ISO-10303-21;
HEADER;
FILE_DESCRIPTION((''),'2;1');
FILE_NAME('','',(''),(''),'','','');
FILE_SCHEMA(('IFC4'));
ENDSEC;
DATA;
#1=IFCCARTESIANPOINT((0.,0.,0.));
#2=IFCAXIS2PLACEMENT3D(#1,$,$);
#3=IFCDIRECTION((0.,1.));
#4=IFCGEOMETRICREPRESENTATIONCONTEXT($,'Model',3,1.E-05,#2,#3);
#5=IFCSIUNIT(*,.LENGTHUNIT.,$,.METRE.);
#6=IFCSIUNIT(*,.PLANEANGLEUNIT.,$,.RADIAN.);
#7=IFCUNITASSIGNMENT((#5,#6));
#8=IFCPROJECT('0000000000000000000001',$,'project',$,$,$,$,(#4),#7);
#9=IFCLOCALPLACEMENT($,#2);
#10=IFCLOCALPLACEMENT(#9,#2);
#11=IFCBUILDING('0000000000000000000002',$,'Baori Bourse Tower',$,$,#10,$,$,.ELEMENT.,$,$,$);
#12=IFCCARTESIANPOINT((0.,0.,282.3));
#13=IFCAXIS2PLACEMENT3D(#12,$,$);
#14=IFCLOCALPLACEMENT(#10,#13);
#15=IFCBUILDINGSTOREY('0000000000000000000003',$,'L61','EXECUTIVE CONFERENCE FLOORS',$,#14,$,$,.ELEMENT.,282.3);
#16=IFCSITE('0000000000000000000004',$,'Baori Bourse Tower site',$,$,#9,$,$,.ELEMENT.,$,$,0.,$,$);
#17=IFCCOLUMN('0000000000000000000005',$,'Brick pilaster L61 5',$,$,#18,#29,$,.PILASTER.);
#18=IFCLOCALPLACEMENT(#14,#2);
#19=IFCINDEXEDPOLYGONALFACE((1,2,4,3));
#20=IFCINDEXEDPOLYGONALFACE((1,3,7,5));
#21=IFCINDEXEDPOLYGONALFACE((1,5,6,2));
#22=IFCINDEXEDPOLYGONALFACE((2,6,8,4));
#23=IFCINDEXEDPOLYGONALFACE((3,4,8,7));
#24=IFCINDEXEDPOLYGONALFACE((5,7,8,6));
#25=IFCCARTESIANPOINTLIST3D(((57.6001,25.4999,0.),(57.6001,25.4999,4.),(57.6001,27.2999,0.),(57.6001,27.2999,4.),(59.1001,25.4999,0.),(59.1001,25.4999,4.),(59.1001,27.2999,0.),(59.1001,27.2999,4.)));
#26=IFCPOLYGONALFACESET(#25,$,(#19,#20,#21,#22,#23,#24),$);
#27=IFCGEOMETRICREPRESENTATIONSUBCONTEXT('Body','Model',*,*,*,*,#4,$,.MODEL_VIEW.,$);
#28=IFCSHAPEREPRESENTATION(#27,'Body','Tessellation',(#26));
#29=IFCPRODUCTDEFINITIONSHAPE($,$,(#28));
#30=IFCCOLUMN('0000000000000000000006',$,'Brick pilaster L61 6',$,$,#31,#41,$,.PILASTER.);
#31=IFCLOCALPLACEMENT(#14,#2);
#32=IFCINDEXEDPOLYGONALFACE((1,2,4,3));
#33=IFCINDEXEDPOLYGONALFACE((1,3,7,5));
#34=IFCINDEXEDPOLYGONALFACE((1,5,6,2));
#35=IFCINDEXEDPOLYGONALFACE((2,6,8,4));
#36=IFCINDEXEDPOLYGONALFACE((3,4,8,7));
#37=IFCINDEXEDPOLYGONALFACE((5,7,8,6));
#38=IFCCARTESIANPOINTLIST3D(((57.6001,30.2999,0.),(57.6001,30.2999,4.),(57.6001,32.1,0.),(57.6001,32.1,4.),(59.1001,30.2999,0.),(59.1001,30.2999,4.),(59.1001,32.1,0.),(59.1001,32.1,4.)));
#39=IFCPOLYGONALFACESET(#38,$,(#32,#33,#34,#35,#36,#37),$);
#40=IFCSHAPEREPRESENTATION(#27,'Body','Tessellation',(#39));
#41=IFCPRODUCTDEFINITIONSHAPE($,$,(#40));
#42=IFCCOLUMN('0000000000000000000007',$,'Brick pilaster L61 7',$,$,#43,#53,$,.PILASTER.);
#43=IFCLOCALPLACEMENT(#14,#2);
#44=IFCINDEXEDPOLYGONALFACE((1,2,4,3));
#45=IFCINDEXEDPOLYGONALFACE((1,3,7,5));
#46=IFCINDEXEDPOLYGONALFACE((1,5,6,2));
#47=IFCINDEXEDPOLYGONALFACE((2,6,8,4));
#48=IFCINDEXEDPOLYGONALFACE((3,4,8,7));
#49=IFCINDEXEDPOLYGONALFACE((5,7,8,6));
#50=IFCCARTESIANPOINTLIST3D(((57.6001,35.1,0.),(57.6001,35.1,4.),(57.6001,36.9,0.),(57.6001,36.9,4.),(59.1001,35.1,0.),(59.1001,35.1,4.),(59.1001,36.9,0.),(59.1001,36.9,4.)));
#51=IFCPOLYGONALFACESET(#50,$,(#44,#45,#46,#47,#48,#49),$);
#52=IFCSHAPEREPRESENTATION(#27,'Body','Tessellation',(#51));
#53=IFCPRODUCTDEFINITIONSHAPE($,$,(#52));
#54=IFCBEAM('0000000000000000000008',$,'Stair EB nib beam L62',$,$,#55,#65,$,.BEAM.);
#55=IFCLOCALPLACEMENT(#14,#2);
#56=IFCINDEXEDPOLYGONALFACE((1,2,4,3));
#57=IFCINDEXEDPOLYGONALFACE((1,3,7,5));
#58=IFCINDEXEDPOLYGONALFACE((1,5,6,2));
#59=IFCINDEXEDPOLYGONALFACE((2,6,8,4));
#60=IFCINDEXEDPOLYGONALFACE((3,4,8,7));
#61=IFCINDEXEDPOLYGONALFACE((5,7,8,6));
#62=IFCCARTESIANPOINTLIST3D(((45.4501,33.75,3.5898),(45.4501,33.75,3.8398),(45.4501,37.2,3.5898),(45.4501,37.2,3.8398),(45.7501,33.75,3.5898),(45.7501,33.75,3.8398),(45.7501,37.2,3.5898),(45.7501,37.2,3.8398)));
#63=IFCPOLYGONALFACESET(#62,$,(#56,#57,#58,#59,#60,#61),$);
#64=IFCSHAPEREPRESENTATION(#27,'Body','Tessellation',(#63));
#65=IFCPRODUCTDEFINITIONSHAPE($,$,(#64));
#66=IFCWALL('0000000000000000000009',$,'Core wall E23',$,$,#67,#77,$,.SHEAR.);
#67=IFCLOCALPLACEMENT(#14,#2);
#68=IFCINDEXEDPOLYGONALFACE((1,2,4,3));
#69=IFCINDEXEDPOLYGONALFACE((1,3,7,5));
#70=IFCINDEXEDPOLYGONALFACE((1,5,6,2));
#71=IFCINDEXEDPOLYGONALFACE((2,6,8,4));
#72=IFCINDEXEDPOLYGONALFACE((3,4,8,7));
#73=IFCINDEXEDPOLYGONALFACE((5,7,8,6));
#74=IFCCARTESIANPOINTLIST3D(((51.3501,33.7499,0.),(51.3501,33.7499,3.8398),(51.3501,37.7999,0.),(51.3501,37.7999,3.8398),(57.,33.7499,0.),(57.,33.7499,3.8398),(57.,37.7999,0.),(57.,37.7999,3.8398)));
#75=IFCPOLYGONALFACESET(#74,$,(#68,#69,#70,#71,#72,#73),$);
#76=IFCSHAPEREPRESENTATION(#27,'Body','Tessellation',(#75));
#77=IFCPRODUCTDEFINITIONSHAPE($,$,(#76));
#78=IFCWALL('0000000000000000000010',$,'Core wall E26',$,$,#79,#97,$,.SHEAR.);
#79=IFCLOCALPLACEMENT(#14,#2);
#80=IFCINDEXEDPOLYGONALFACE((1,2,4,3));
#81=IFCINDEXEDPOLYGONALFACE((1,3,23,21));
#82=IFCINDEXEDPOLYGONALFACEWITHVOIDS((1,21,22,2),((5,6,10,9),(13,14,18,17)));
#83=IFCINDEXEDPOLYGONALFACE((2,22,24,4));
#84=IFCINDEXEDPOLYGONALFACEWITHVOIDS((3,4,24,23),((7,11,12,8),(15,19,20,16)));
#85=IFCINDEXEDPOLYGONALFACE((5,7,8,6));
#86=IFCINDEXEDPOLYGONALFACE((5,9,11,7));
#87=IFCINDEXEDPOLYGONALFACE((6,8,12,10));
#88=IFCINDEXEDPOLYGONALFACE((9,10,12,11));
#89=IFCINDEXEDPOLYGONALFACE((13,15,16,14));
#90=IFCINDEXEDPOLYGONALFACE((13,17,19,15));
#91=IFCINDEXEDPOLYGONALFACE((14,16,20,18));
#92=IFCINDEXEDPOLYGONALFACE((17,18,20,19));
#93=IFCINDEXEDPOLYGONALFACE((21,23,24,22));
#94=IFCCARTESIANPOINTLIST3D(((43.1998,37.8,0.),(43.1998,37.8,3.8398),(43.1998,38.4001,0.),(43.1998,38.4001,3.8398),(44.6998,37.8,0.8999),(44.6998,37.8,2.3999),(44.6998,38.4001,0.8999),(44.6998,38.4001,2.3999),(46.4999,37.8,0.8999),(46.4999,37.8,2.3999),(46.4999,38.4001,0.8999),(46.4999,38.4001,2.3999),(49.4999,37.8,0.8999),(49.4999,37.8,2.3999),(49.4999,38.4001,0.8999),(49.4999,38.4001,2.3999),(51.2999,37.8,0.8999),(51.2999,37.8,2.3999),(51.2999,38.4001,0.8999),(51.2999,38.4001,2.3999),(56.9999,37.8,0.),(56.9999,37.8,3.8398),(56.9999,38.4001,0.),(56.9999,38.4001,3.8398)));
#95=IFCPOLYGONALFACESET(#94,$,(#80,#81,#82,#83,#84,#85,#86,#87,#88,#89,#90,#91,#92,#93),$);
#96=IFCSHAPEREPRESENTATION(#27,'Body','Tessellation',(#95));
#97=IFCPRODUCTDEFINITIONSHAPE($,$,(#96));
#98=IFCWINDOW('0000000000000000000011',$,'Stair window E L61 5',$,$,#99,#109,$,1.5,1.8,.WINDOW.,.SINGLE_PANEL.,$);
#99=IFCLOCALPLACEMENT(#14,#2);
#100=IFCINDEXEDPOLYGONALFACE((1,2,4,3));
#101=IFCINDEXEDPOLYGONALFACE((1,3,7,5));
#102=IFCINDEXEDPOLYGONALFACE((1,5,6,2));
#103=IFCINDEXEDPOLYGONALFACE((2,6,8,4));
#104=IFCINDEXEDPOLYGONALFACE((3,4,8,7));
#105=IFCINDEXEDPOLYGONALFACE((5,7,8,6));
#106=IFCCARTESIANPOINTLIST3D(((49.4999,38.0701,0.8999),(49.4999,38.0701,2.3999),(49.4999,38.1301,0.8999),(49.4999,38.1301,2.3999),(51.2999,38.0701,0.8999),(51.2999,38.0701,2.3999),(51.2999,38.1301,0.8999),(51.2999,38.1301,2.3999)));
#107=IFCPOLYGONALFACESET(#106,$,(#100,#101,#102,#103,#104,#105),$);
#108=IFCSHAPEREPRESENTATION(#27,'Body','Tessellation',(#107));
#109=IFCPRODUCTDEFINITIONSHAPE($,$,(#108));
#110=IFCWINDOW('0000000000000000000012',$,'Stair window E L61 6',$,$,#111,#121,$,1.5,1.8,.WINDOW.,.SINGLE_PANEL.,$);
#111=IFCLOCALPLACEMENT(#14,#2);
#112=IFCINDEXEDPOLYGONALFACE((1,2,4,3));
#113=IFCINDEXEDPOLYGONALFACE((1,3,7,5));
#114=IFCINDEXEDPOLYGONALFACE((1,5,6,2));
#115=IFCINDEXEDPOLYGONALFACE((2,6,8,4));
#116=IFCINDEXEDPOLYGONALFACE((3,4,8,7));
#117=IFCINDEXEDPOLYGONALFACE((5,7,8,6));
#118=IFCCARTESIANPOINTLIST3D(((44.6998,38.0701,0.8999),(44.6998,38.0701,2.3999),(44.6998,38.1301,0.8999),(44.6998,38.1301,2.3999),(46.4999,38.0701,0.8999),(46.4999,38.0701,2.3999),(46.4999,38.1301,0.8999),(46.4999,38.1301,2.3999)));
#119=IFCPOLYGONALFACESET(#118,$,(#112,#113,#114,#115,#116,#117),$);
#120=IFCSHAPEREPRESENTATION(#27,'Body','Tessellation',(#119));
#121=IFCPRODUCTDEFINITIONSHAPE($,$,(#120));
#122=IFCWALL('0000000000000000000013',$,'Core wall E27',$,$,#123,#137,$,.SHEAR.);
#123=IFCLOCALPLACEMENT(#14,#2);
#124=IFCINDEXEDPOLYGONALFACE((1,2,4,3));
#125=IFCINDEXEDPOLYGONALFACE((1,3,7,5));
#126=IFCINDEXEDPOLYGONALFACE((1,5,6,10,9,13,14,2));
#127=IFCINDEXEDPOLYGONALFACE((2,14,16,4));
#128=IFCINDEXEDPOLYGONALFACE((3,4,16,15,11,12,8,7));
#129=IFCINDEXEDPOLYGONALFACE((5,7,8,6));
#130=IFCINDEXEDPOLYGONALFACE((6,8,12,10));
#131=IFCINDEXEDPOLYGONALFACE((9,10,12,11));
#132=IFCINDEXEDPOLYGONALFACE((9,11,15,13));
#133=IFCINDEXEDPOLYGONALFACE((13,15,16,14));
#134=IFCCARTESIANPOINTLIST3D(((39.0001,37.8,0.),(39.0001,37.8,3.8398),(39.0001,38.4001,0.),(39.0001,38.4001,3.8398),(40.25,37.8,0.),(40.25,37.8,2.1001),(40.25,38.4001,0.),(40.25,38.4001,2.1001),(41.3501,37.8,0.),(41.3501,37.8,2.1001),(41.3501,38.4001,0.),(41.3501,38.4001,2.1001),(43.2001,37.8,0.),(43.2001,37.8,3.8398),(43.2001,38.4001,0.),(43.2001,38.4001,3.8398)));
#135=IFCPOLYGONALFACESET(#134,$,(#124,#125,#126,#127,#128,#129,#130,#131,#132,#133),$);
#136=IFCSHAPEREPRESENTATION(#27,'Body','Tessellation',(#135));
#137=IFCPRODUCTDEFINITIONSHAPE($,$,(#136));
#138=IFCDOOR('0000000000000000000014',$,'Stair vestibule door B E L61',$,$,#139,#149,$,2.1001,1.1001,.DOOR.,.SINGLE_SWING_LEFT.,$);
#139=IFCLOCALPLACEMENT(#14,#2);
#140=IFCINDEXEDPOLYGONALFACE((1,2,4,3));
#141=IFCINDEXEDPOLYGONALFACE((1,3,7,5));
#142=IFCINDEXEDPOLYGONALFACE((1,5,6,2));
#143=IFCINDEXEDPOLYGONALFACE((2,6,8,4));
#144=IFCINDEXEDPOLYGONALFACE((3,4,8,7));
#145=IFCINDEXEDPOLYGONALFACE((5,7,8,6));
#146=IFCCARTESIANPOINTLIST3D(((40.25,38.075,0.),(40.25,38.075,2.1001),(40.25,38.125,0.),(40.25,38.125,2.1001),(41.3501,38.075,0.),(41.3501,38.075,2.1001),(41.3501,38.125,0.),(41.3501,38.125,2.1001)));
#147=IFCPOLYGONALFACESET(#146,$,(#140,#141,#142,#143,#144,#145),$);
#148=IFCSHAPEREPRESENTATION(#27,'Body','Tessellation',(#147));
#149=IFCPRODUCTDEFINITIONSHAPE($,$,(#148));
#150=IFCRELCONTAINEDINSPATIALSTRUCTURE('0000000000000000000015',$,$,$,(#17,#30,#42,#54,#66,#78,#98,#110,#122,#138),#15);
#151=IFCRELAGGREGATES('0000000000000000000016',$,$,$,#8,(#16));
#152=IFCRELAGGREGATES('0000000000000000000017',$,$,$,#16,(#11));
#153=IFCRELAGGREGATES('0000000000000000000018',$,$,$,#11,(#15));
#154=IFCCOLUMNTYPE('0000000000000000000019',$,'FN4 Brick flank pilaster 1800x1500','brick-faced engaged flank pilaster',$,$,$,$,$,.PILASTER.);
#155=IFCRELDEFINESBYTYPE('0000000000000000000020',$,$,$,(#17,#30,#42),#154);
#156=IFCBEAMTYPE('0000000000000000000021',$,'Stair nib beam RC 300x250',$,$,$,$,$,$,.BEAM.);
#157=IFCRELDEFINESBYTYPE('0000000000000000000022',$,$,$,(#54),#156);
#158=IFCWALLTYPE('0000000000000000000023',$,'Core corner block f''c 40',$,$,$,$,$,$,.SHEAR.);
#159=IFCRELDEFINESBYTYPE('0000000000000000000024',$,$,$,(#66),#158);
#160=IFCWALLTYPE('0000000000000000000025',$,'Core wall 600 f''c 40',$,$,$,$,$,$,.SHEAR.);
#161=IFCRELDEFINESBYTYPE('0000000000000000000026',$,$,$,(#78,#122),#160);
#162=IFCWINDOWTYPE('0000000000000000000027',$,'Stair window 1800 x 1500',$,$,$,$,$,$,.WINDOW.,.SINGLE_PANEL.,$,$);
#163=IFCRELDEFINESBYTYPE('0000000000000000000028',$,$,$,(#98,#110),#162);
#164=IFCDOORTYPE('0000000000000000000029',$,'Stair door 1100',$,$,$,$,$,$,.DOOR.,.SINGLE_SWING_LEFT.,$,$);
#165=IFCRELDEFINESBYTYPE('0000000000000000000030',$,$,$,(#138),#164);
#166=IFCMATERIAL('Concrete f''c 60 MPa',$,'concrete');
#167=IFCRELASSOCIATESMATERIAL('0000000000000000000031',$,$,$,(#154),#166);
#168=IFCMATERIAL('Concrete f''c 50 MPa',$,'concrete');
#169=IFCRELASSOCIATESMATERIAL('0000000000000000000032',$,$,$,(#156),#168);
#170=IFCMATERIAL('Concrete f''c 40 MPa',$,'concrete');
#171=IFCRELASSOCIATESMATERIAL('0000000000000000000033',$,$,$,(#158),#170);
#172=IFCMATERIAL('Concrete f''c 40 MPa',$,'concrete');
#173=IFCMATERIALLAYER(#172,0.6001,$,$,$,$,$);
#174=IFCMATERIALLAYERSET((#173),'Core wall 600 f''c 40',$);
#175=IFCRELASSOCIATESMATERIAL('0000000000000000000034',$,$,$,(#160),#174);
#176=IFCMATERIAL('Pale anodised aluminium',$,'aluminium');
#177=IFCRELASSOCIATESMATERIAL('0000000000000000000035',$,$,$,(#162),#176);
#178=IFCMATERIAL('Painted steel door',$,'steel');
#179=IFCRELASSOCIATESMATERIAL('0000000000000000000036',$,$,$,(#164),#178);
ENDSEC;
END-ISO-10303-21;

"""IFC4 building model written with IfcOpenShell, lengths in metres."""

from ifc_helpers import new_model, si_unit, direction, frame, frame_2d, origin, origin_2d, place, context, subcontext, project, spatial, rectangle, extrude, material, layer, layer_set, material_profile, profile_set, type_object, element, fill, save


model = new_model("IFC4")

# Units and contexts
model_context = context("Model", 3, precision=1e-05, world=origin(), true_north=direction((0.0, 1.0)))
body_context = subcontext(model_context, "Body", "Model", "MODEL_VIEW")
ifc_project = project(units=[si_unit("LENGTHUNIT", "METRE"), si_unit("PLANEANGLEUNIT", "RADIAN")], contexts=[model_context])

# Site, building, storey
site_placement = place(None, origin())
site = spatial("IfcSite", under=ifc_project, at=site_placement, Name="Baori Bourse Tower site", CompositionType="ELEMENT", RefElevation=0.0)
building_placement = place(site_placement, origin())
building = spatial("IfcBuilding", under=site, at=building_placement, Name="Baori Bourse Tower", CompositionType="ELEMENT")
storey_placement = place(building_placement, frame((0.0, 0.0, 282.3)))
storey = spatial("IfcBuildingStorey", under=building, at=storey_placement, Name="L61", Description="EXECUTIVE CONFERENCE FLOORS", CompositionType="ELEMENT", Elevation=282.3)

# Columns
ifc_material_1 = material(Name="Concrete f'c 60 MPa", Category="concrete")
ifc_material_profile_1 = material_profile(ifc_material_1, rectangle(XDim=1.8, YDim=1.5, at=origin_2d()), Name="RC 1800x1500")
ifc_profile_set_1 = profile_set([ifc_material_profile_1], Name="Concrete f'c 60 MPa")
column_type = type_object("IfcColumnType", Name="FN4 Brick flank pilaster 1800x1500", Description="brick-faced engaged flank pilaster", PredefinedType="PILASTER", material=ifc_profile_set_1)
for number, where, z_axis, x_axis, name in (
    (1, (58.3501, 26.3999, 0.0), (0.0, 0.0, 1.0), (0.0, 1.0, 0.0), "Brick pilaster L61 5"),
    (2, (58.3501, 31.2, 0.0), (0.0, 0.0, 1.0), (0.0, 1.0, 0.0), "Brick pilaster L61 6"),
    (3, (58.3501, 36.0, 0.0), (0.0, 0.0, 1.0), (0.0, 1.0, 0.0), "Brick pilaster L61 7"),
):
    element("IfcColumn", number, at=place(storey_placement, frame(where, z_axis=z_axis, x_axis=x_axis)), inside=storey, type_object=column_type, Name=name, PredefinedType="PILASTER", context=body_context, shape_type="SweptSolid", body=[
        extrude(rectangle(XDim=1.8, YDim=1.5, at=origin_2d()), origin(), (0.0, 0.0, 1.0), 4.0),
    ])

# Beam
ifc_material_2 = material(Name="Concrete f'c 50 MPa", Category="concrete")
ifc_material_profile_2 = material_profile(ifc_material_2, rectangle(XDim=0.3, YDim=0.25, at=origin_2d()), Name="RC 300x250")
ifc_profile_set_2 = profile_set([ifc_material_profile_2], Name="Concrete f'c 50 MPa")
beam_type = type_object("IfcBeamType", Name="Stair nib beam RC 300x250", PredefinedType="BEAM", material=ifc_profile_set_2)
beam_placement = place(storey_placement, frame((45.6001, 33.75, 3.7148), z_axis=(0.0, 1.0, 0.0), x_axis=(-1.0, 0.0, 0.0)))
element("IfcBeam", 4, at=beam_placement, inside=storey, type_object=beam_type, Name="Stair EB nib beam L62", PredefinedType="BEAM", context=body_context, shape_type="SweptSolid", body=[
    extrude(rectangle(XDim=0.3, YDim=0.25, at=origin_2d()), origin(), (0.0, 0.0, 1.0), 3.45),
])

# Wall
ifc_material_3 = material(Name="Concrete f'c 40 MPa", Category="concrete")
wall_type_1 = type_object("IfcWallType", Name="Core corner block f'c 40", PredefinedType="SHEAR", material=ifc_material_3)
wall_1_placement = place(storey_placement, frame((51.3501, 35.7749, 0.0), z_axis=(0.0, 0.0, 1.0), x_axis=(1.0, 0.0, 0.0)))
element("IfcWall", 5, at=wall_1_placement, inside=storey, type_object=wall_type_1, Name="Core wall E23", PredefinedType="SHEAR", context=body_context, shape_type="SweptSolid", body=[
    extrude(rectangle(XDim=5.6499, YDim=4.05, at=frame_2d((2.825, 0.0))), origin(), (0.0, 0.0, 1.0), 3.8398),
])

# Wall, openings, windows
ifc_material_4 = material(Name="Concrete f'c 40 MPa", Category="concrete")
ifc_layer_1 = layer(ifc_material_4, 0.6001)
ifc_layer_set_1 = layer_set([ifc_layer_1], Name="Core wall 600 f'c 40")
wall_type_2 = type_object("IfcWallType", Name="Core wall 600 f'c 40", PredefinedType="SHEAR", material=ifc_layer_set_1)
wall_2_placement = place(storey_placement, frame((43.2, 38.1001, 0.0), z_axis=(0.0, 0.0, 1.0), x_axis=(1.0, 0.0, 0.0)))
wall_2 = element("IfcWall", 6, at=wall_2_placement, inside=storey, type_object=wall_type_2, Name="Core wall E26", PredefinedType="SHEAR", context=body_context, shape_type="SweptSolid", body=[
    extrude(rectangle(XDim=13.8, YDim=0.6001, at=frame_2d((6.8999, 0.0))), origin(), (0.0, 0.0, 1.0), 3.8398),
])
opening_1_placement = place(wall_2_placement, frame((6.3, 0.0, 0.8999)))
opening_1 = element("IfcOpeningElement", 7, at=opening_1_placement, cuts=wall_2, PredefinedType="OPENING", context=body_context, shape_type="SweptSolid", body=[
    extrude(rectangle(XDim=1.8, YDim=1.5, at=frame_2d((0.8999, 0.75))), frame((0.0, 0.3101, 0.0), z_axis=(0.0, -1.0, 0.0), x_axis=(1.0, 0.0, 0.0)), (0.0, 0.0, 1.0), 0.6201),
])
opening_2_placement = place(wall_2_placement, frame((1.5, 0.0, 0.8999)))
opening_2 = element("IfcOpeningElement", 8, at=opening_2_placement, cuts=wall_2, PredefinedType="OPENING", context=body_context, shape_type="SweptSolid", body=[
    extrude(rectangle(XDim=1.8, YDim=1.5, at=frame_2d((0.8999, 0.75))), frame((0.0, 0.3101, 0.0), z_axis=(0.0, -1.0, 0.0), x_axis=(1.0, 0.0, 0.0)), (0.0, 0.0, 1.0), 0.6201),
])
ifc_material_5 = material(Name="Pale anodised aluminium", Category="aluminium")
window_type = type_object("IfcWindowType", Name="Stair window 1800 x 1500", PartitioningType="SINGLE_PANEL", PredefinedType="WINDOW", material=ifc_material_5)
window_1_placement = place(opening_1_placement, origin())
window_1 = element("IfcWindow", 9, at=window_1_placement, inside=storey, type_object=window_type, Name="Stair window E L61 5", OverallHeight=1.5, OverallWidth=1.8, PartitioningType="SINGLE_PANEL", PredefinedType="WINDOW", context=body_context, shape_type="SweptSolid", body=[
    extrude(rectangle(XDim=1.8, YDim=1.5, at=frame_2d((0.8999, 0.75))), frame((0.0, 0.03, 0.0), z_axis=(0.0, -1.0, 0.0), x_axis=(1.0, 0.0, 0.0)), (0.0, 0.0, 1.0), 0.0601),
])
fill(opening_1, window_1)
window_2_placement = place(opening_2_placement, origin())
window_2 = element("IfcWindow", 10, at=window_2_placement, inside=storey, type_object=window_type, Name="Stair window E L61 6", OverallHeight=1.5, OverallWidth=1.8, PartitioningType="SINGLE_PANEL", PredefinedType="WINDOW", context=body_context, shape_type="SweptSolid", body=[
    extrude(rectangle(XDim=1.8, YDim=1.5, at=frame_2d((0.8999, 0.75))), frame((0.0, 0.03, 0.0), z_axis=(0.0, -1.0, 0.0), x_axis=(1.0, 0.0, 0.0)), (0.0, 0.0, 1.0), 0.0601),
])
fill(opening_2, window_2)

# Wall, opening, door
wall_3_placement = place(storey_placement, frame((39.0, 38.1001, 0.0), z_axis=(0.0, 0.0, 1.0), x_axis=(1.0, 0.0, 0.0)))
wall_3 = element("IfcWall", 11, at=wall_3_placement, inside=storey, type_object=wall_type_2, Name="Core wall E27", PredefinedType="SHEAR", context=body_context, shape_type="SweptSolid", body=[
    extrude(rectangle(XDim=4.2, YDim=0.6001, at=frame_2d((2.1001, 0.0))), origin(), (0.0, 0.0, 1.0), 3.8398),
])
opening_3_placement = place(wall_3_placement, frame((1.25, 0.0, 0.0)))
opening_3 = element("IfcOpeningElement", 12, at=opening_3_placement, cuts=wall_3, PredefinedType="OPENING", context=body_context, shape_type="SweptSolid", body=[
    extrude(rectangle(XDim=1.1001, YDim=2.1001, at=frame_2d((0.55, 1.05))), frame((0.0, 0.3101, 0.0), z_axis=(0.0, -1.0, 0.0), x_axis=(1.0, 0.0, 0.0)), (0.0, 0.0, 1.0), 0.6201),
])
ifc_material_6 = material(Name="Painted steel door", Category="steel")
door_type_1 = type_object("IfcDoorType", Name="Stair door 1100", OperationType="SINGLE_SWING_LEFT", PredefinedType="DOOR", material=ifc_material_6)
door_1_placement = place(opening_3_placement, origin())
door_1 = element("IfcDoor", 13, at=door_1_placement, inside=storey, type_object=door_type_1, Name="Stair vestibule door B E L61", OperationType="SINGLE_SWING_LEFT", OverallHeight=2.1001, OverallWidth=1.1001, PredefinedType="DOOR", context=body_context, shape_type="SweptSolid", body=[
    extrude(rectangle(XDim=1.1001, YDim=2.1001, at=frame_2d((0.55, 1.05))), frame((0.0, 0.0249, 0.0), z_axis=(0.0, -1.0, 0.0), x_axis=(1.0, 0.0, 0.0)), (0.0, 0.0, 1.0), 0.05),
])
fill(opening_3, door_1)

save(model, "model.ifc")
